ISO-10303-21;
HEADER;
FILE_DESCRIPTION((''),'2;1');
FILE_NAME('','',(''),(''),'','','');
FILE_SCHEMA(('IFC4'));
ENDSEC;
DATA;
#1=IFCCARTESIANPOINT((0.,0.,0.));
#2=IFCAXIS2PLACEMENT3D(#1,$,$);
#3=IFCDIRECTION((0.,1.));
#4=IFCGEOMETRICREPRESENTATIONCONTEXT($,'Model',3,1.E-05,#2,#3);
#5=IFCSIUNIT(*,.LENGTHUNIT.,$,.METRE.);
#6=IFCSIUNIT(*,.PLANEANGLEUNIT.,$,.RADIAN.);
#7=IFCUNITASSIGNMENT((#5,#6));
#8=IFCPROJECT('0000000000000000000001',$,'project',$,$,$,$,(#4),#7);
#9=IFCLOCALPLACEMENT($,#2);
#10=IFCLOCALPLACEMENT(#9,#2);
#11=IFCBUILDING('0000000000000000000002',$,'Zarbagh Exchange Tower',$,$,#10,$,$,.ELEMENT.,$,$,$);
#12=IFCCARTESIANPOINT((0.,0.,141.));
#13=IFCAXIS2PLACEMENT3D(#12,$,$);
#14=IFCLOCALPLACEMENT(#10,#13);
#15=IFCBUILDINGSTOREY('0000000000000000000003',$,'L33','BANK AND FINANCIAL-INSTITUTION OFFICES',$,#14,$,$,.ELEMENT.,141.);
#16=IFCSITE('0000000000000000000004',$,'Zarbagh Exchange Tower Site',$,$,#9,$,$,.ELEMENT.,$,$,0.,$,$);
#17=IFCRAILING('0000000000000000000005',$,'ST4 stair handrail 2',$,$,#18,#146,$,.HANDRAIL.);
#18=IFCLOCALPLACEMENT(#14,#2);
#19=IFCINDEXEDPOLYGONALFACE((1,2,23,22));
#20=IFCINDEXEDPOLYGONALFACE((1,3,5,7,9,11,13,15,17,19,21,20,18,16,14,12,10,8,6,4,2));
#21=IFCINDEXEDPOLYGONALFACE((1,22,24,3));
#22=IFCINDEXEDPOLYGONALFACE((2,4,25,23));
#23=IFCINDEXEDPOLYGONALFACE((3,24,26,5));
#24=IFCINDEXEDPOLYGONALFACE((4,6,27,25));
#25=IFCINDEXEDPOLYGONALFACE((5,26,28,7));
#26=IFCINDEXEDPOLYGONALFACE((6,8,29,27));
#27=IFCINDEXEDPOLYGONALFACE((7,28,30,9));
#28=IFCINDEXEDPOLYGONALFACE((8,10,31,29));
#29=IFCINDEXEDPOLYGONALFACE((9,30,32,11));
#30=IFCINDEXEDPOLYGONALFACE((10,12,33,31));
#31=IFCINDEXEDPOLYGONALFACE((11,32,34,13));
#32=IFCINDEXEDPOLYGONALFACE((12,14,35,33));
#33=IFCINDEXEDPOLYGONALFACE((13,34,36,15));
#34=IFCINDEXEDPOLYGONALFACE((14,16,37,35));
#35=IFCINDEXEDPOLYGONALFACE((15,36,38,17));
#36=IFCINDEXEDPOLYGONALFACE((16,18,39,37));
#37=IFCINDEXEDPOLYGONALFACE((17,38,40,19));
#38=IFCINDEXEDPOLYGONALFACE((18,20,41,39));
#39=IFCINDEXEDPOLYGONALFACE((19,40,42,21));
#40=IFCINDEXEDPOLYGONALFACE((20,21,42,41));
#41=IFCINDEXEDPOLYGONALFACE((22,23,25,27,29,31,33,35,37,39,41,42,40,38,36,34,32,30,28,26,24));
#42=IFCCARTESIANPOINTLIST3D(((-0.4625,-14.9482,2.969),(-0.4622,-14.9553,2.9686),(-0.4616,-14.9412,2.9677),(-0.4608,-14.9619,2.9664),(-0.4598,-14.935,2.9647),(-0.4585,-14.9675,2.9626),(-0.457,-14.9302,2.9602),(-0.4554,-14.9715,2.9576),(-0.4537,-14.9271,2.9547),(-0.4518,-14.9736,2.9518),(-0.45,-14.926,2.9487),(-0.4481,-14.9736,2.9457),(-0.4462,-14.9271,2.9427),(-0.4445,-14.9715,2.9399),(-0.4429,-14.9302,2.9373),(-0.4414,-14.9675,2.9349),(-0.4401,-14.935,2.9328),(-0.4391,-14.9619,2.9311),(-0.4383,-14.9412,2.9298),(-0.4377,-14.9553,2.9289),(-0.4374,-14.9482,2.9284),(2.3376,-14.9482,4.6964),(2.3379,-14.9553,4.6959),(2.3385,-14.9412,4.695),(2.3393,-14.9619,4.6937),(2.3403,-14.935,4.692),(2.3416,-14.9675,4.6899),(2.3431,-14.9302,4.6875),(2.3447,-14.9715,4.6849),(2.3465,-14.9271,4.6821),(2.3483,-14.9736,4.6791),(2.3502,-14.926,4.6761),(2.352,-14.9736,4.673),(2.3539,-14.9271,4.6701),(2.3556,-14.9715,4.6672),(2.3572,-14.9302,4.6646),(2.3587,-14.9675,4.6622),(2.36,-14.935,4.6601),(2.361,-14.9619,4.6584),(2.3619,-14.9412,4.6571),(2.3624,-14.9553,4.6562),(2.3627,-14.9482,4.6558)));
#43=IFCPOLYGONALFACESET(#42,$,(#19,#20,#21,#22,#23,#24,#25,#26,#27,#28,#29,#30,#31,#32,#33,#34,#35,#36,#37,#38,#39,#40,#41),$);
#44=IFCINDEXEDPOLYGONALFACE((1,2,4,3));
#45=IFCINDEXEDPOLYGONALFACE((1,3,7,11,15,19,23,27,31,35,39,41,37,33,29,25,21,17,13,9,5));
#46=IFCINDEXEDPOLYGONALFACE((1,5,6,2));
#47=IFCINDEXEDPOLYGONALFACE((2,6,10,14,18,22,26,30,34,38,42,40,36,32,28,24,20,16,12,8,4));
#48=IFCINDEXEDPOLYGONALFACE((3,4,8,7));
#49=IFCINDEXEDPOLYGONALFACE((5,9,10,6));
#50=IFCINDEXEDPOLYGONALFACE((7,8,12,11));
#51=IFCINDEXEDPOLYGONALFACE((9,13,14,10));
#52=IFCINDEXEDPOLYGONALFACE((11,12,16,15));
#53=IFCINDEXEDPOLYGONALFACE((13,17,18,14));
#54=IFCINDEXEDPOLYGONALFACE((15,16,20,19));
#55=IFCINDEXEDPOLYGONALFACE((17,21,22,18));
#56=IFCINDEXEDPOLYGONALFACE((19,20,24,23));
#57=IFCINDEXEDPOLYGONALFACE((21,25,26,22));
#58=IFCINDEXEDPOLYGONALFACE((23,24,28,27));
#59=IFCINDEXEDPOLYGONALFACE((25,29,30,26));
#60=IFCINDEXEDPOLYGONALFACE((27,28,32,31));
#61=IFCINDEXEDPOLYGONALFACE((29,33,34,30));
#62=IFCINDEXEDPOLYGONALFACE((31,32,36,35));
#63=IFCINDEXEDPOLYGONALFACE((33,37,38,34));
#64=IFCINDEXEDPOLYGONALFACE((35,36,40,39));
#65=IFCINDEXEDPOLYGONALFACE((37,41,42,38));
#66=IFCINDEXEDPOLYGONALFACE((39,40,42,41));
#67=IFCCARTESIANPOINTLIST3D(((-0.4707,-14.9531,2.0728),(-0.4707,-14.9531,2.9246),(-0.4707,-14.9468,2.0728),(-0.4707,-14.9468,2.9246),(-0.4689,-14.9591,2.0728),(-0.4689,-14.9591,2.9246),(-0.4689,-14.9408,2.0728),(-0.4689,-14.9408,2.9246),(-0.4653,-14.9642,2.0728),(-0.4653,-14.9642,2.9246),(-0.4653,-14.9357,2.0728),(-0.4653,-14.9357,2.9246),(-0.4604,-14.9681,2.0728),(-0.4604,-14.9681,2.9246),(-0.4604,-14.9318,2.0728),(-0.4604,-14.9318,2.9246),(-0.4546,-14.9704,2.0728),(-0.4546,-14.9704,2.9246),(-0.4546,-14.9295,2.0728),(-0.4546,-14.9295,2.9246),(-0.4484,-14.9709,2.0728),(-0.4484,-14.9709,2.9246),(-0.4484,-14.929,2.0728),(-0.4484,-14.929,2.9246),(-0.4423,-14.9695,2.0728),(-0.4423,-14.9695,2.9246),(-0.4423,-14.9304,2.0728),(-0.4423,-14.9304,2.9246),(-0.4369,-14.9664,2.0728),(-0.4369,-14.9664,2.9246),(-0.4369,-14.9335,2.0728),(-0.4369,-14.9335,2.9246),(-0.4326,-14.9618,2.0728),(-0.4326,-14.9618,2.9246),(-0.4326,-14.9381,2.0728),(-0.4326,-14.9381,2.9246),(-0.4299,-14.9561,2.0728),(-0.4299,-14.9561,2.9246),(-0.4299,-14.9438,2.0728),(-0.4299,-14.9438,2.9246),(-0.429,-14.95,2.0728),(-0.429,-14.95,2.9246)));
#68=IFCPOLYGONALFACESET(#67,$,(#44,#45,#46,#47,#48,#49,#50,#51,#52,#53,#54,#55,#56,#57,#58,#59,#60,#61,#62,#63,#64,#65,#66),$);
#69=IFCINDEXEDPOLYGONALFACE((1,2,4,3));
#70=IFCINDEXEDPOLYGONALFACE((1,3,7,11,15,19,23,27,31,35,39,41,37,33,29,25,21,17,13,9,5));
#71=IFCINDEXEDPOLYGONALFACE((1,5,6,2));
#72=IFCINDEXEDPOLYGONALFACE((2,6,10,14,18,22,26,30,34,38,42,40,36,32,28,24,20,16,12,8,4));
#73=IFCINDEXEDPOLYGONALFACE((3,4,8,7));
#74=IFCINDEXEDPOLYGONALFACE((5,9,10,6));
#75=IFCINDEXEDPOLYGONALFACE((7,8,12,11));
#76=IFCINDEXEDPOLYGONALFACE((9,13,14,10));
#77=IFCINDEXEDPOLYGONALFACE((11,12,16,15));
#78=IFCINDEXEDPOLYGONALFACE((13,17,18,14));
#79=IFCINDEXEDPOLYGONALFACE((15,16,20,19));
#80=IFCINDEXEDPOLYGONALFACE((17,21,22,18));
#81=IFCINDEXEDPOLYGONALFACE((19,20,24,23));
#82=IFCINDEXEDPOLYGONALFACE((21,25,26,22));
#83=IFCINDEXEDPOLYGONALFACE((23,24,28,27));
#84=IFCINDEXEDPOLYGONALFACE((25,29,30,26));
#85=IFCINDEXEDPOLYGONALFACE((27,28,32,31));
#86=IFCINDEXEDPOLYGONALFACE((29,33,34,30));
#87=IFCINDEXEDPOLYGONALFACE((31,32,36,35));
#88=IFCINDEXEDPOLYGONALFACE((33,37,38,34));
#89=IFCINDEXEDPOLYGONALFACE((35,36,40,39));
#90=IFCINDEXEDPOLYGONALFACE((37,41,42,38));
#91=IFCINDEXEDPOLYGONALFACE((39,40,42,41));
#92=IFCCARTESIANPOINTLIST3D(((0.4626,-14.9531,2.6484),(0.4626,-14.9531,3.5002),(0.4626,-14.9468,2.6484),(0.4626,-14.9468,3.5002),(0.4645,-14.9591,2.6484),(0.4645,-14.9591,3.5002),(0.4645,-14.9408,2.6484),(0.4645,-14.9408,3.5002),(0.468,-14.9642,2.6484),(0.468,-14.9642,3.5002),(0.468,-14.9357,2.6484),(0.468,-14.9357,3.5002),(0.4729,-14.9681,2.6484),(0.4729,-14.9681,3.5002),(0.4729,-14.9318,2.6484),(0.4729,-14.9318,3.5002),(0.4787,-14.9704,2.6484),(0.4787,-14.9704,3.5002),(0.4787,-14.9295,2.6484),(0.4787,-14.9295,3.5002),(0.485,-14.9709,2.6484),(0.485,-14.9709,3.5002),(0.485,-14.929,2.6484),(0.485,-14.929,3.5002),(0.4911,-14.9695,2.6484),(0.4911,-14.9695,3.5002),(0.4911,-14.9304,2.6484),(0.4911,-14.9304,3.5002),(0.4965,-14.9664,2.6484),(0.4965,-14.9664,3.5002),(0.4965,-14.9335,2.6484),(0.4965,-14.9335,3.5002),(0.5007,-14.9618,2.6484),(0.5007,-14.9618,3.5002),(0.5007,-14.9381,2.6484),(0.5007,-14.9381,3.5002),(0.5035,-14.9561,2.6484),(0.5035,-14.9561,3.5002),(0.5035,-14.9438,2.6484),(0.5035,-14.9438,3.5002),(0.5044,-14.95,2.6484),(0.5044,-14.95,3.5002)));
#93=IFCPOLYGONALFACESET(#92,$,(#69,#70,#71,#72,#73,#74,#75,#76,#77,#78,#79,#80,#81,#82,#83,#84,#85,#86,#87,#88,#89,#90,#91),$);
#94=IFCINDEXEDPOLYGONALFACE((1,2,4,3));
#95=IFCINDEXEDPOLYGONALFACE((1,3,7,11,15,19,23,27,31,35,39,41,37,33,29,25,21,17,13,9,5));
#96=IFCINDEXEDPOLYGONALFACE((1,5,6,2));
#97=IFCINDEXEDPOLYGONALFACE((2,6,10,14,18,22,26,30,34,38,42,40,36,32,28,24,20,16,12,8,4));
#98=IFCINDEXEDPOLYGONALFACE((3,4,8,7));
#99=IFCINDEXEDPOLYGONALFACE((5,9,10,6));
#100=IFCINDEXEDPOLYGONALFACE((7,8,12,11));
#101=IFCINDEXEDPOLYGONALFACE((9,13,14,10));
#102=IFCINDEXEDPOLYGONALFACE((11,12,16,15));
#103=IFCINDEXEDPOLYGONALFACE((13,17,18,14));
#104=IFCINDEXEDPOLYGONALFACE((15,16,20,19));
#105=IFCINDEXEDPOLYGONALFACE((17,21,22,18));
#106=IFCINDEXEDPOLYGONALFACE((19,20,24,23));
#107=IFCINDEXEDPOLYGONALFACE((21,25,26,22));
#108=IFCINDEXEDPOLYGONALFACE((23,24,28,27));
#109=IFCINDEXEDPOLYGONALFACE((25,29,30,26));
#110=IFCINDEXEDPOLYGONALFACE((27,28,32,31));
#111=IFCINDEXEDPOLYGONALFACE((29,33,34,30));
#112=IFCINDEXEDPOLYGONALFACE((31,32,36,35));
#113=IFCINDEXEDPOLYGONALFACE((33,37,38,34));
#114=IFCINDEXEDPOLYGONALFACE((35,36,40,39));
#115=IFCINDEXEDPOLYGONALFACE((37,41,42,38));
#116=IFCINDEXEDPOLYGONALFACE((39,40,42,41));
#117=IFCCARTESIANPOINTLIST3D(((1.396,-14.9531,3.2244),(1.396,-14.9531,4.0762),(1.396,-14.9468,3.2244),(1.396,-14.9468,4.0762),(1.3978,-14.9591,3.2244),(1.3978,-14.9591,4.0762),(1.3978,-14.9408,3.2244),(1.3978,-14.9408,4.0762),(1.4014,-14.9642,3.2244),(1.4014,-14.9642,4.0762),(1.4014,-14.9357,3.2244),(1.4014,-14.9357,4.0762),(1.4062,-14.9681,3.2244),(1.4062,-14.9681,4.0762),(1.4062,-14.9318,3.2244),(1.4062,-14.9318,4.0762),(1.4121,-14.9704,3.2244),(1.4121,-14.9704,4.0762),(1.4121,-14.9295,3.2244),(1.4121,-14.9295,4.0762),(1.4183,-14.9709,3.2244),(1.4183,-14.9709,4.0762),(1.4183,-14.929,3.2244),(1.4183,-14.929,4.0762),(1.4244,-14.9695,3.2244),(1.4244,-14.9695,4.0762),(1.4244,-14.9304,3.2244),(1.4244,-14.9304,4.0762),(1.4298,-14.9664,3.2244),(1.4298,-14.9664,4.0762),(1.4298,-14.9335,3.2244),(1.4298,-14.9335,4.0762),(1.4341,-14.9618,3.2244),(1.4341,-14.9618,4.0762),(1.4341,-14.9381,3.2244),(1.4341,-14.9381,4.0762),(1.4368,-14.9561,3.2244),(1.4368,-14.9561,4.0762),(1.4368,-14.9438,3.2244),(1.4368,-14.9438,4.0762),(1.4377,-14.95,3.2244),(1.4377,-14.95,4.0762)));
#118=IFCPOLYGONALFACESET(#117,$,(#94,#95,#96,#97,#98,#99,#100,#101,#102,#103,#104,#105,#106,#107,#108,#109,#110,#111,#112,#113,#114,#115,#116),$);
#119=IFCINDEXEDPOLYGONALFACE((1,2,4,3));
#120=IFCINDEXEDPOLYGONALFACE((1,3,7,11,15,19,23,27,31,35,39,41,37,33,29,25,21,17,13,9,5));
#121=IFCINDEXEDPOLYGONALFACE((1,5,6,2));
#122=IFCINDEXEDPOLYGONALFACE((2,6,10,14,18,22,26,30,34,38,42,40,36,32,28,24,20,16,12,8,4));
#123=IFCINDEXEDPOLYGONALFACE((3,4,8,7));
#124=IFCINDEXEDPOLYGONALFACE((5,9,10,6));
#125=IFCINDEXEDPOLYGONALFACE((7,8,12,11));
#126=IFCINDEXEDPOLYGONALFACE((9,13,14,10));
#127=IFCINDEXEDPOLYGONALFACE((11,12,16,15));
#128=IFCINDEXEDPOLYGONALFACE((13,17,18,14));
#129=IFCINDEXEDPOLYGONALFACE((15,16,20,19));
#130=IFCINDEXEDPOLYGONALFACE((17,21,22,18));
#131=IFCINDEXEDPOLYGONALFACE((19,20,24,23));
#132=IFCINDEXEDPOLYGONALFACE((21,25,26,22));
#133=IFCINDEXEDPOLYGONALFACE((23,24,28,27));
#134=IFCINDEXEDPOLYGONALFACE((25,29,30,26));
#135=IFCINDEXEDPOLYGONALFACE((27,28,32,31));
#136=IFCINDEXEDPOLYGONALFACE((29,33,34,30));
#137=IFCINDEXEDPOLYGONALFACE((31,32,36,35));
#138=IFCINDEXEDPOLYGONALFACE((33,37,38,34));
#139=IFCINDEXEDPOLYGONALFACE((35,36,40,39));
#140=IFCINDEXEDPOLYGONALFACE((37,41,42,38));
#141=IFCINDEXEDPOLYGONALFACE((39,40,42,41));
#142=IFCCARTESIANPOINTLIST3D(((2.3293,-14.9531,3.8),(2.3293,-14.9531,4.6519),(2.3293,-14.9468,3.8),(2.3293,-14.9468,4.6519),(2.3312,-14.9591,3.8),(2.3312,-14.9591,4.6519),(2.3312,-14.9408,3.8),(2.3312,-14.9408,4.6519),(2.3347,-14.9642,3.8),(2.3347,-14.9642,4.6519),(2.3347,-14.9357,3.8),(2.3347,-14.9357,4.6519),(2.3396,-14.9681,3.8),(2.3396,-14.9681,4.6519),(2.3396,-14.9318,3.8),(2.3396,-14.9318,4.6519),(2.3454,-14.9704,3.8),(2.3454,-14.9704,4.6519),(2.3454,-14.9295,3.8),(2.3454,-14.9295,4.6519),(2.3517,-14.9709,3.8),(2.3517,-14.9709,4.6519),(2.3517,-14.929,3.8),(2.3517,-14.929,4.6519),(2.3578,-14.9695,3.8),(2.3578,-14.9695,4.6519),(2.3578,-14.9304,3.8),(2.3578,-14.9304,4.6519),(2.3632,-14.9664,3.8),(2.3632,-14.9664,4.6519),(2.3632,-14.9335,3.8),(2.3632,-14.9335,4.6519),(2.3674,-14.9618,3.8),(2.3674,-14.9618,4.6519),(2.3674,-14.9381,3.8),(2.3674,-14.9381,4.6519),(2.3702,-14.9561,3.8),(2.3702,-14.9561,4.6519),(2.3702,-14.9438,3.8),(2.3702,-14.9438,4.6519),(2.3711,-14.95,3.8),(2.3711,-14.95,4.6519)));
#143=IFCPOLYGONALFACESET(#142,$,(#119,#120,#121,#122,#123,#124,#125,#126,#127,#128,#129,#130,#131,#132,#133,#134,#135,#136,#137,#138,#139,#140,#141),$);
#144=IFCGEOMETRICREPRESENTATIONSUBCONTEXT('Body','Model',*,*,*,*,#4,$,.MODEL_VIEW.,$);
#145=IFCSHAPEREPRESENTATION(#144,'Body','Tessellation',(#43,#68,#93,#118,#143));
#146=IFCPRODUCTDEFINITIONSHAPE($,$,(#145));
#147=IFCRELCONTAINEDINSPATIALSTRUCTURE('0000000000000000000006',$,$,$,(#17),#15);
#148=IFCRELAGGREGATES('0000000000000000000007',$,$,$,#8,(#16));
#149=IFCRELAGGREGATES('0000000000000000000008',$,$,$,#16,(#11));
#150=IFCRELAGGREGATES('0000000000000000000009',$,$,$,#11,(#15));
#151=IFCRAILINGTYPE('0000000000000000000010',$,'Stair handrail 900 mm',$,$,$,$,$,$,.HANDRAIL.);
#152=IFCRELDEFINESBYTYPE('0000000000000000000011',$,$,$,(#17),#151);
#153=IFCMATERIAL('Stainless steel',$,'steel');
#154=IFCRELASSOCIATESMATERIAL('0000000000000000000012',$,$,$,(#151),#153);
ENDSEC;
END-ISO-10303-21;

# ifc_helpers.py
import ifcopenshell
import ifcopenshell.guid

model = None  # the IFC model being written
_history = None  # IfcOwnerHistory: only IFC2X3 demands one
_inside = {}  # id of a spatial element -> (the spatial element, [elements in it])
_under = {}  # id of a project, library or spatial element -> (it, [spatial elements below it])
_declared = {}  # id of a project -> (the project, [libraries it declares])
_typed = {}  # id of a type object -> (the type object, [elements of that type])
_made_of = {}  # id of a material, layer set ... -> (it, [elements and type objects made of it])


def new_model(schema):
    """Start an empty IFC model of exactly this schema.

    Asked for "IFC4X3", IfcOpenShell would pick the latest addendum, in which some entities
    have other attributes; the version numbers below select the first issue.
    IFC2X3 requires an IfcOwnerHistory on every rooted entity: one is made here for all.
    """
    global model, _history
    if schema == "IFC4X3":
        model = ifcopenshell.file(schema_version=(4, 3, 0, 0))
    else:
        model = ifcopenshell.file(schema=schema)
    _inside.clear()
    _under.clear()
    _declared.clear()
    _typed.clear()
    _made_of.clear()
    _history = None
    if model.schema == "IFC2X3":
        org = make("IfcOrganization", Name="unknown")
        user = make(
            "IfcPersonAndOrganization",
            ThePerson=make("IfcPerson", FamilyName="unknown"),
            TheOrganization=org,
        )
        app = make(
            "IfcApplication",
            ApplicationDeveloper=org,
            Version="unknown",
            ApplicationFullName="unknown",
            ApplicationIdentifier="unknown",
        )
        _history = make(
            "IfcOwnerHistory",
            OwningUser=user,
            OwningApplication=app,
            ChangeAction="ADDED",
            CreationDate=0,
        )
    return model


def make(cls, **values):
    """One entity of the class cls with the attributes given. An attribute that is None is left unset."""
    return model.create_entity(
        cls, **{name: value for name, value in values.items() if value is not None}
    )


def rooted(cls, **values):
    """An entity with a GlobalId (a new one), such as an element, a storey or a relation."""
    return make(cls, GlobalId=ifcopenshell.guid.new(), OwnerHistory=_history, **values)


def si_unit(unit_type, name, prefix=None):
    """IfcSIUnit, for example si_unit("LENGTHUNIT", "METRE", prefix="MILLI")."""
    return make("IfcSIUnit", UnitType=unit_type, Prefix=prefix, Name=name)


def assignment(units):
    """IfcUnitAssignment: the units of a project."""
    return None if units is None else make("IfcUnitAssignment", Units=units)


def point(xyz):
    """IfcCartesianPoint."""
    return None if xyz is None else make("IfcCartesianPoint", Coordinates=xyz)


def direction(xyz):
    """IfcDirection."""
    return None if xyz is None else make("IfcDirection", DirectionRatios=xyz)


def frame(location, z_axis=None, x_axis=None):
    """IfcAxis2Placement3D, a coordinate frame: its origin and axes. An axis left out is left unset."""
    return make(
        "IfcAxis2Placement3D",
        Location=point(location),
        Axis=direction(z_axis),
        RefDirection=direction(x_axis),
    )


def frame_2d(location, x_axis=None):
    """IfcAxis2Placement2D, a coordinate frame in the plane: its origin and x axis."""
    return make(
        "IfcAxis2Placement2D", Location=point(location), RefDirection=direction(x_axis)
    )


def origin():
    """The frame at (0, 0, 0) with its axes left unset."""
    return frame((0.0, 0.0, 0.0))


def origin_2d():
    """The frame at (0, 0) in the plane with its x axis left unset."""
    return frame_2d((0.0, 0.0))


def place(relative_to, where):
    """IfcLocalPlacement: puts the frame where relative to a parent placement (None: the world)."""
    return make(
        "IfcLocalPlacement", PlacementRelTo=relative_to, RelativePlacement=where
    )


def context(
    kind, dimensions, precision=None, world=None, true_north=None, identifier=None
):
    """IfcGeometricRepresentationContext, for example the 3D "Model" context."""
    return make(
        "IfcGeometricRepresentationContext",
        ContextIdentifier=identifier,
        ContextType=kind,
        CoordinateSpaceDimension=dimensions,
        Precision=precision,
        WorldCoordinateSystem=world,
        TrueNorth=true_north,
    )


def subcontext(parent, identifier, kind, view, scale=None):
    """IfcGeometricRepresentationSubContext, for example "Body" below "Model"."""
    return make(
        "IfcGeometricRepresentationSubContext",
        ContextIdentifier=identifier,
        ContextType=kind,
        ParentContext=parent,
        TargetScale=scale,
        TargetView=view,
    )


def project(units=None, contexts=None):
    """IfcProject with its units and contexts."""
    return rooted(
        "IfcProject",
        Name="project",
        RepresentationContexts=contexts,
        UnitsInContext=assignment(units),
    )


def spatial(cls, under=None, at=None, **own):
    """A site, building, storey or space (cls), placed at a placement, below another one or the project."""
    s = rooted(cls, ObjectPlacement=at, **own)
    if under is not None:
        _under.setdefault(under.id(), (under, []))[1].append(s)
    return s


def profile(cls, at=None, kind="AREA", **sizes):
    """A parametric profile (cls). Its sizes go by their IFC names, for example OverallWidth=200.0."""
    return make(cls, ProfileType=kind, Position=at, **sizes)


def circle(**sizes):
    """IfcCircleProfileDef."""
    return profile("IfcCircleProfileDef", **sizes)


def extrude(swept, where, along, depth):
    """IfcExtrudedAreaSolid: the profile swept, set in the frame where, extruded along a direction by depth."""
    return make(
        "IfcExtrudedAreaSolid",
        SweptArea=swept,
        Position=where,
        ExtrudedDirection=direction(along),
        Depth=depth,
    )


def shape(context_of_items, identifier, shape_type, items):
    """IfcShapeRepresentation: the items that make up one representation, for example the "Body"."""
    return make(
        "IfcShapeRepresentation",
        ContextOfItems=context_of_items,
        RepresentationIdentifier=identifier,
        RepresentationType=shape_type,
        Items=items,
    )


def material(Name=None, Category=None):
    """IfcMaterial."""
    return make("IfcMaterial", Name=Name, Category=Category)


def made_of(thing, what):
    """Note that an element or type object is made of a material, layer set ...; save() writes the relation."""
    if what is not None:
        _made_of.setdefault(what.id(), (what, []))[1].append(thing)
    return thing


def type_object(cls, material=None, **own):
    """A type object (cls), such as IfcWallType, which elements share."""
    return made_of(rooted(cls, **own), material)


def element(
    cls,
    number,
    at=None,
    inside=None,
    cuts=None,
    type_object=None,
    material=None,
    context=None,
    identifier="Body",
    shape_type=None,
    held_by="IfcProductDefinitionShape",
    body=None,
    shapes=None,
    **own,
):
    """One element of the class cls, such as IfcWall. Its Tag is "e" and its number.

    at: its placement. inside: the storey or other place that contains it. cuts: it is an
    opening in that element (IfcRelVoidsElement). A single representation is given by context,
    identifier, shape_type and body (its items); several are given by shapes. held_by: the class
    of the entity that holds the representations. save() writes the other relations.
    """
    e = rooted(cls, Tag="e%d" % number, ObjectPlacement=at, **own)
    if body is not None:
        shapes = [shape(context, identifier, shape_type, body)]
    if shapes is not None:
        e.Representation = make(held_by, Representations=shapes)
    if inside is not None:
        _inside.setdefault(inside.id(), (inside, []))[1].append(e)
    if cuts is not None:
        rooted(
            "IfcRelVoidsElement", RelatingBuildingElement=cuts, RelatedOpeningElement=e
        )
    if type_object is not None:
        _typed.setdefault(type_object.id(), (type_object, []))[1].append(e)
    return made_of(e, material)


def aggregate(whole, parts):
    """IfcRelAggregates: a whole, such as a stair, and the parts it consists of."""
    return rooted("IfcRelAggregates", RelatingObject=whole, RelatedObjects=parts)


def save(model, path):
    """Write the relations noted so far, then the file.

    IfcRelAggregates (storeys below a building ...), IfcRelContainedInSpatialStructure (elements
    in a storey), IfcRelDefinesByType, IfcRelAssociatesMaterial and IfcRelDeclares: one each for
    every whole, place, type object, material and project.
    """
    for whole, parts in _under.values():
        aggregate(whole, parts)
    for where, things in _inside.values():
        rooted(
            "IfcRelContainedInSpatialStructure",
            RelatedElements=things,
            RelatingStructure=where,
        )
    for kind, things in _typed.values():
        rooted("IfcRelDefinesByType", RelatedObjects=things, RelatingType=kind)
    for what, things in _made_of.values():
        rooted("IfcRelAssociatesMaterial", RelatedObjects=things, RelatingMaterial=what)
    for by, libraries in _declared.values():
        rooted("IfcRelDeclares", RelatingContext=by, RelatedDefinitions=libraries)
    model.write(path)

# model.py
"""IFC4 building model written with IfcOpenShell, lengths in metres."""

from ifc_helpers import new_model, si_unit, direction, frame, origin, origin_2d, place, context, subcontext, project, spatial, circle, extrude, material, type_object, element, save


model = new_model("IFC4")

# Units and contexts
model_context = context("Model", 3, precision=1e-05, world=origin(), true_north=direction((0.0, 1.0)))
body_context = subcontext(model_context, "Body", "Model", "MODEL_VIEW")
ifc_project = project(units=[si_unit("LENGTHUNIT", "METRE"), si_unit("PLANEANGLEUNIT", "RADIAN")], contexts=[model_context])

# Site, building, storey
site_placement = place(None, origin())
site = spatial("IfcSite", under=ifc_project, at=site_placement, Name="Zarbagh Exchange Tower Site", CompositionType="ELEMENT", RefElevation=0.0)
building_placement = place(site_placement, origin())
building = spatial("IfcBuilding", under=site, at=building_placement, Name="Zarbagh Exchange Tower", CompositionType="ELEMENT")
storey_placement = place(building_placement, frame((0.0, 0.0, 141.0)))
storey = spatial("IfcBuildingStorey", under=building, at=storey_placement, Name="L33", Description="BANK AND FINANCIAL-INSTITUTION OFFICES", CompositionType="ELEMENT", Elevation=141.0)

# Shared definitions
ifc_material_1 = material(Name="Stainless steel", Category="steel")

# Railing
railing_type_1 = type_object("IfcRailingType", Name="Stair handrail 900 mm", PredefinedType="HANDRAIL", material=ifc_material_1)
for number, where, name in (
    (1, (-0.45, -14.95, 2.0728), "ST4 stair handrail 2"),
):
    element("IfcRailing", number, at=place(storey_placement, frame(where)), inside=storey, type_object=railing_type_1, Name=name, PredefinedType="HANDRAIL", context=body_context, shape_type="SweptSolid", body=[
        extrude(circle(Radius=0.0239, at=origin_2d()), frame((0.0, 0.0, 0.876), z_axis=(0.85109, 0.0, 0.52502), x_axis=(0.0, 1.0, 0.0)), (0.0, 0.0, 1.0), 3.29),
        extrude(circle(Radius=0.021, at=origin_2d()), origin(), (0.0, 0.0, 1.0), 0.8518),
        extrude(circle(Radius=0.021, at=origin_2d()), frame((0.9333, 0.0, 0.5757)), (0.0, 0.0, 1.0), 0.8518),
        extrude(circle(Radius=0.021, at=origin_2d()), frame((1.8667, 0.0, 1.1516)), (0.0, 0.0, 1.0), 0.8518),
        extrude(circle(Radius=0.021, at=origin_2d()), frame((2.8, 0.0, 1.7273)), (0.0, 0.0, 1.0), 0.8518),
    ])

save(model, "model.ifc")
